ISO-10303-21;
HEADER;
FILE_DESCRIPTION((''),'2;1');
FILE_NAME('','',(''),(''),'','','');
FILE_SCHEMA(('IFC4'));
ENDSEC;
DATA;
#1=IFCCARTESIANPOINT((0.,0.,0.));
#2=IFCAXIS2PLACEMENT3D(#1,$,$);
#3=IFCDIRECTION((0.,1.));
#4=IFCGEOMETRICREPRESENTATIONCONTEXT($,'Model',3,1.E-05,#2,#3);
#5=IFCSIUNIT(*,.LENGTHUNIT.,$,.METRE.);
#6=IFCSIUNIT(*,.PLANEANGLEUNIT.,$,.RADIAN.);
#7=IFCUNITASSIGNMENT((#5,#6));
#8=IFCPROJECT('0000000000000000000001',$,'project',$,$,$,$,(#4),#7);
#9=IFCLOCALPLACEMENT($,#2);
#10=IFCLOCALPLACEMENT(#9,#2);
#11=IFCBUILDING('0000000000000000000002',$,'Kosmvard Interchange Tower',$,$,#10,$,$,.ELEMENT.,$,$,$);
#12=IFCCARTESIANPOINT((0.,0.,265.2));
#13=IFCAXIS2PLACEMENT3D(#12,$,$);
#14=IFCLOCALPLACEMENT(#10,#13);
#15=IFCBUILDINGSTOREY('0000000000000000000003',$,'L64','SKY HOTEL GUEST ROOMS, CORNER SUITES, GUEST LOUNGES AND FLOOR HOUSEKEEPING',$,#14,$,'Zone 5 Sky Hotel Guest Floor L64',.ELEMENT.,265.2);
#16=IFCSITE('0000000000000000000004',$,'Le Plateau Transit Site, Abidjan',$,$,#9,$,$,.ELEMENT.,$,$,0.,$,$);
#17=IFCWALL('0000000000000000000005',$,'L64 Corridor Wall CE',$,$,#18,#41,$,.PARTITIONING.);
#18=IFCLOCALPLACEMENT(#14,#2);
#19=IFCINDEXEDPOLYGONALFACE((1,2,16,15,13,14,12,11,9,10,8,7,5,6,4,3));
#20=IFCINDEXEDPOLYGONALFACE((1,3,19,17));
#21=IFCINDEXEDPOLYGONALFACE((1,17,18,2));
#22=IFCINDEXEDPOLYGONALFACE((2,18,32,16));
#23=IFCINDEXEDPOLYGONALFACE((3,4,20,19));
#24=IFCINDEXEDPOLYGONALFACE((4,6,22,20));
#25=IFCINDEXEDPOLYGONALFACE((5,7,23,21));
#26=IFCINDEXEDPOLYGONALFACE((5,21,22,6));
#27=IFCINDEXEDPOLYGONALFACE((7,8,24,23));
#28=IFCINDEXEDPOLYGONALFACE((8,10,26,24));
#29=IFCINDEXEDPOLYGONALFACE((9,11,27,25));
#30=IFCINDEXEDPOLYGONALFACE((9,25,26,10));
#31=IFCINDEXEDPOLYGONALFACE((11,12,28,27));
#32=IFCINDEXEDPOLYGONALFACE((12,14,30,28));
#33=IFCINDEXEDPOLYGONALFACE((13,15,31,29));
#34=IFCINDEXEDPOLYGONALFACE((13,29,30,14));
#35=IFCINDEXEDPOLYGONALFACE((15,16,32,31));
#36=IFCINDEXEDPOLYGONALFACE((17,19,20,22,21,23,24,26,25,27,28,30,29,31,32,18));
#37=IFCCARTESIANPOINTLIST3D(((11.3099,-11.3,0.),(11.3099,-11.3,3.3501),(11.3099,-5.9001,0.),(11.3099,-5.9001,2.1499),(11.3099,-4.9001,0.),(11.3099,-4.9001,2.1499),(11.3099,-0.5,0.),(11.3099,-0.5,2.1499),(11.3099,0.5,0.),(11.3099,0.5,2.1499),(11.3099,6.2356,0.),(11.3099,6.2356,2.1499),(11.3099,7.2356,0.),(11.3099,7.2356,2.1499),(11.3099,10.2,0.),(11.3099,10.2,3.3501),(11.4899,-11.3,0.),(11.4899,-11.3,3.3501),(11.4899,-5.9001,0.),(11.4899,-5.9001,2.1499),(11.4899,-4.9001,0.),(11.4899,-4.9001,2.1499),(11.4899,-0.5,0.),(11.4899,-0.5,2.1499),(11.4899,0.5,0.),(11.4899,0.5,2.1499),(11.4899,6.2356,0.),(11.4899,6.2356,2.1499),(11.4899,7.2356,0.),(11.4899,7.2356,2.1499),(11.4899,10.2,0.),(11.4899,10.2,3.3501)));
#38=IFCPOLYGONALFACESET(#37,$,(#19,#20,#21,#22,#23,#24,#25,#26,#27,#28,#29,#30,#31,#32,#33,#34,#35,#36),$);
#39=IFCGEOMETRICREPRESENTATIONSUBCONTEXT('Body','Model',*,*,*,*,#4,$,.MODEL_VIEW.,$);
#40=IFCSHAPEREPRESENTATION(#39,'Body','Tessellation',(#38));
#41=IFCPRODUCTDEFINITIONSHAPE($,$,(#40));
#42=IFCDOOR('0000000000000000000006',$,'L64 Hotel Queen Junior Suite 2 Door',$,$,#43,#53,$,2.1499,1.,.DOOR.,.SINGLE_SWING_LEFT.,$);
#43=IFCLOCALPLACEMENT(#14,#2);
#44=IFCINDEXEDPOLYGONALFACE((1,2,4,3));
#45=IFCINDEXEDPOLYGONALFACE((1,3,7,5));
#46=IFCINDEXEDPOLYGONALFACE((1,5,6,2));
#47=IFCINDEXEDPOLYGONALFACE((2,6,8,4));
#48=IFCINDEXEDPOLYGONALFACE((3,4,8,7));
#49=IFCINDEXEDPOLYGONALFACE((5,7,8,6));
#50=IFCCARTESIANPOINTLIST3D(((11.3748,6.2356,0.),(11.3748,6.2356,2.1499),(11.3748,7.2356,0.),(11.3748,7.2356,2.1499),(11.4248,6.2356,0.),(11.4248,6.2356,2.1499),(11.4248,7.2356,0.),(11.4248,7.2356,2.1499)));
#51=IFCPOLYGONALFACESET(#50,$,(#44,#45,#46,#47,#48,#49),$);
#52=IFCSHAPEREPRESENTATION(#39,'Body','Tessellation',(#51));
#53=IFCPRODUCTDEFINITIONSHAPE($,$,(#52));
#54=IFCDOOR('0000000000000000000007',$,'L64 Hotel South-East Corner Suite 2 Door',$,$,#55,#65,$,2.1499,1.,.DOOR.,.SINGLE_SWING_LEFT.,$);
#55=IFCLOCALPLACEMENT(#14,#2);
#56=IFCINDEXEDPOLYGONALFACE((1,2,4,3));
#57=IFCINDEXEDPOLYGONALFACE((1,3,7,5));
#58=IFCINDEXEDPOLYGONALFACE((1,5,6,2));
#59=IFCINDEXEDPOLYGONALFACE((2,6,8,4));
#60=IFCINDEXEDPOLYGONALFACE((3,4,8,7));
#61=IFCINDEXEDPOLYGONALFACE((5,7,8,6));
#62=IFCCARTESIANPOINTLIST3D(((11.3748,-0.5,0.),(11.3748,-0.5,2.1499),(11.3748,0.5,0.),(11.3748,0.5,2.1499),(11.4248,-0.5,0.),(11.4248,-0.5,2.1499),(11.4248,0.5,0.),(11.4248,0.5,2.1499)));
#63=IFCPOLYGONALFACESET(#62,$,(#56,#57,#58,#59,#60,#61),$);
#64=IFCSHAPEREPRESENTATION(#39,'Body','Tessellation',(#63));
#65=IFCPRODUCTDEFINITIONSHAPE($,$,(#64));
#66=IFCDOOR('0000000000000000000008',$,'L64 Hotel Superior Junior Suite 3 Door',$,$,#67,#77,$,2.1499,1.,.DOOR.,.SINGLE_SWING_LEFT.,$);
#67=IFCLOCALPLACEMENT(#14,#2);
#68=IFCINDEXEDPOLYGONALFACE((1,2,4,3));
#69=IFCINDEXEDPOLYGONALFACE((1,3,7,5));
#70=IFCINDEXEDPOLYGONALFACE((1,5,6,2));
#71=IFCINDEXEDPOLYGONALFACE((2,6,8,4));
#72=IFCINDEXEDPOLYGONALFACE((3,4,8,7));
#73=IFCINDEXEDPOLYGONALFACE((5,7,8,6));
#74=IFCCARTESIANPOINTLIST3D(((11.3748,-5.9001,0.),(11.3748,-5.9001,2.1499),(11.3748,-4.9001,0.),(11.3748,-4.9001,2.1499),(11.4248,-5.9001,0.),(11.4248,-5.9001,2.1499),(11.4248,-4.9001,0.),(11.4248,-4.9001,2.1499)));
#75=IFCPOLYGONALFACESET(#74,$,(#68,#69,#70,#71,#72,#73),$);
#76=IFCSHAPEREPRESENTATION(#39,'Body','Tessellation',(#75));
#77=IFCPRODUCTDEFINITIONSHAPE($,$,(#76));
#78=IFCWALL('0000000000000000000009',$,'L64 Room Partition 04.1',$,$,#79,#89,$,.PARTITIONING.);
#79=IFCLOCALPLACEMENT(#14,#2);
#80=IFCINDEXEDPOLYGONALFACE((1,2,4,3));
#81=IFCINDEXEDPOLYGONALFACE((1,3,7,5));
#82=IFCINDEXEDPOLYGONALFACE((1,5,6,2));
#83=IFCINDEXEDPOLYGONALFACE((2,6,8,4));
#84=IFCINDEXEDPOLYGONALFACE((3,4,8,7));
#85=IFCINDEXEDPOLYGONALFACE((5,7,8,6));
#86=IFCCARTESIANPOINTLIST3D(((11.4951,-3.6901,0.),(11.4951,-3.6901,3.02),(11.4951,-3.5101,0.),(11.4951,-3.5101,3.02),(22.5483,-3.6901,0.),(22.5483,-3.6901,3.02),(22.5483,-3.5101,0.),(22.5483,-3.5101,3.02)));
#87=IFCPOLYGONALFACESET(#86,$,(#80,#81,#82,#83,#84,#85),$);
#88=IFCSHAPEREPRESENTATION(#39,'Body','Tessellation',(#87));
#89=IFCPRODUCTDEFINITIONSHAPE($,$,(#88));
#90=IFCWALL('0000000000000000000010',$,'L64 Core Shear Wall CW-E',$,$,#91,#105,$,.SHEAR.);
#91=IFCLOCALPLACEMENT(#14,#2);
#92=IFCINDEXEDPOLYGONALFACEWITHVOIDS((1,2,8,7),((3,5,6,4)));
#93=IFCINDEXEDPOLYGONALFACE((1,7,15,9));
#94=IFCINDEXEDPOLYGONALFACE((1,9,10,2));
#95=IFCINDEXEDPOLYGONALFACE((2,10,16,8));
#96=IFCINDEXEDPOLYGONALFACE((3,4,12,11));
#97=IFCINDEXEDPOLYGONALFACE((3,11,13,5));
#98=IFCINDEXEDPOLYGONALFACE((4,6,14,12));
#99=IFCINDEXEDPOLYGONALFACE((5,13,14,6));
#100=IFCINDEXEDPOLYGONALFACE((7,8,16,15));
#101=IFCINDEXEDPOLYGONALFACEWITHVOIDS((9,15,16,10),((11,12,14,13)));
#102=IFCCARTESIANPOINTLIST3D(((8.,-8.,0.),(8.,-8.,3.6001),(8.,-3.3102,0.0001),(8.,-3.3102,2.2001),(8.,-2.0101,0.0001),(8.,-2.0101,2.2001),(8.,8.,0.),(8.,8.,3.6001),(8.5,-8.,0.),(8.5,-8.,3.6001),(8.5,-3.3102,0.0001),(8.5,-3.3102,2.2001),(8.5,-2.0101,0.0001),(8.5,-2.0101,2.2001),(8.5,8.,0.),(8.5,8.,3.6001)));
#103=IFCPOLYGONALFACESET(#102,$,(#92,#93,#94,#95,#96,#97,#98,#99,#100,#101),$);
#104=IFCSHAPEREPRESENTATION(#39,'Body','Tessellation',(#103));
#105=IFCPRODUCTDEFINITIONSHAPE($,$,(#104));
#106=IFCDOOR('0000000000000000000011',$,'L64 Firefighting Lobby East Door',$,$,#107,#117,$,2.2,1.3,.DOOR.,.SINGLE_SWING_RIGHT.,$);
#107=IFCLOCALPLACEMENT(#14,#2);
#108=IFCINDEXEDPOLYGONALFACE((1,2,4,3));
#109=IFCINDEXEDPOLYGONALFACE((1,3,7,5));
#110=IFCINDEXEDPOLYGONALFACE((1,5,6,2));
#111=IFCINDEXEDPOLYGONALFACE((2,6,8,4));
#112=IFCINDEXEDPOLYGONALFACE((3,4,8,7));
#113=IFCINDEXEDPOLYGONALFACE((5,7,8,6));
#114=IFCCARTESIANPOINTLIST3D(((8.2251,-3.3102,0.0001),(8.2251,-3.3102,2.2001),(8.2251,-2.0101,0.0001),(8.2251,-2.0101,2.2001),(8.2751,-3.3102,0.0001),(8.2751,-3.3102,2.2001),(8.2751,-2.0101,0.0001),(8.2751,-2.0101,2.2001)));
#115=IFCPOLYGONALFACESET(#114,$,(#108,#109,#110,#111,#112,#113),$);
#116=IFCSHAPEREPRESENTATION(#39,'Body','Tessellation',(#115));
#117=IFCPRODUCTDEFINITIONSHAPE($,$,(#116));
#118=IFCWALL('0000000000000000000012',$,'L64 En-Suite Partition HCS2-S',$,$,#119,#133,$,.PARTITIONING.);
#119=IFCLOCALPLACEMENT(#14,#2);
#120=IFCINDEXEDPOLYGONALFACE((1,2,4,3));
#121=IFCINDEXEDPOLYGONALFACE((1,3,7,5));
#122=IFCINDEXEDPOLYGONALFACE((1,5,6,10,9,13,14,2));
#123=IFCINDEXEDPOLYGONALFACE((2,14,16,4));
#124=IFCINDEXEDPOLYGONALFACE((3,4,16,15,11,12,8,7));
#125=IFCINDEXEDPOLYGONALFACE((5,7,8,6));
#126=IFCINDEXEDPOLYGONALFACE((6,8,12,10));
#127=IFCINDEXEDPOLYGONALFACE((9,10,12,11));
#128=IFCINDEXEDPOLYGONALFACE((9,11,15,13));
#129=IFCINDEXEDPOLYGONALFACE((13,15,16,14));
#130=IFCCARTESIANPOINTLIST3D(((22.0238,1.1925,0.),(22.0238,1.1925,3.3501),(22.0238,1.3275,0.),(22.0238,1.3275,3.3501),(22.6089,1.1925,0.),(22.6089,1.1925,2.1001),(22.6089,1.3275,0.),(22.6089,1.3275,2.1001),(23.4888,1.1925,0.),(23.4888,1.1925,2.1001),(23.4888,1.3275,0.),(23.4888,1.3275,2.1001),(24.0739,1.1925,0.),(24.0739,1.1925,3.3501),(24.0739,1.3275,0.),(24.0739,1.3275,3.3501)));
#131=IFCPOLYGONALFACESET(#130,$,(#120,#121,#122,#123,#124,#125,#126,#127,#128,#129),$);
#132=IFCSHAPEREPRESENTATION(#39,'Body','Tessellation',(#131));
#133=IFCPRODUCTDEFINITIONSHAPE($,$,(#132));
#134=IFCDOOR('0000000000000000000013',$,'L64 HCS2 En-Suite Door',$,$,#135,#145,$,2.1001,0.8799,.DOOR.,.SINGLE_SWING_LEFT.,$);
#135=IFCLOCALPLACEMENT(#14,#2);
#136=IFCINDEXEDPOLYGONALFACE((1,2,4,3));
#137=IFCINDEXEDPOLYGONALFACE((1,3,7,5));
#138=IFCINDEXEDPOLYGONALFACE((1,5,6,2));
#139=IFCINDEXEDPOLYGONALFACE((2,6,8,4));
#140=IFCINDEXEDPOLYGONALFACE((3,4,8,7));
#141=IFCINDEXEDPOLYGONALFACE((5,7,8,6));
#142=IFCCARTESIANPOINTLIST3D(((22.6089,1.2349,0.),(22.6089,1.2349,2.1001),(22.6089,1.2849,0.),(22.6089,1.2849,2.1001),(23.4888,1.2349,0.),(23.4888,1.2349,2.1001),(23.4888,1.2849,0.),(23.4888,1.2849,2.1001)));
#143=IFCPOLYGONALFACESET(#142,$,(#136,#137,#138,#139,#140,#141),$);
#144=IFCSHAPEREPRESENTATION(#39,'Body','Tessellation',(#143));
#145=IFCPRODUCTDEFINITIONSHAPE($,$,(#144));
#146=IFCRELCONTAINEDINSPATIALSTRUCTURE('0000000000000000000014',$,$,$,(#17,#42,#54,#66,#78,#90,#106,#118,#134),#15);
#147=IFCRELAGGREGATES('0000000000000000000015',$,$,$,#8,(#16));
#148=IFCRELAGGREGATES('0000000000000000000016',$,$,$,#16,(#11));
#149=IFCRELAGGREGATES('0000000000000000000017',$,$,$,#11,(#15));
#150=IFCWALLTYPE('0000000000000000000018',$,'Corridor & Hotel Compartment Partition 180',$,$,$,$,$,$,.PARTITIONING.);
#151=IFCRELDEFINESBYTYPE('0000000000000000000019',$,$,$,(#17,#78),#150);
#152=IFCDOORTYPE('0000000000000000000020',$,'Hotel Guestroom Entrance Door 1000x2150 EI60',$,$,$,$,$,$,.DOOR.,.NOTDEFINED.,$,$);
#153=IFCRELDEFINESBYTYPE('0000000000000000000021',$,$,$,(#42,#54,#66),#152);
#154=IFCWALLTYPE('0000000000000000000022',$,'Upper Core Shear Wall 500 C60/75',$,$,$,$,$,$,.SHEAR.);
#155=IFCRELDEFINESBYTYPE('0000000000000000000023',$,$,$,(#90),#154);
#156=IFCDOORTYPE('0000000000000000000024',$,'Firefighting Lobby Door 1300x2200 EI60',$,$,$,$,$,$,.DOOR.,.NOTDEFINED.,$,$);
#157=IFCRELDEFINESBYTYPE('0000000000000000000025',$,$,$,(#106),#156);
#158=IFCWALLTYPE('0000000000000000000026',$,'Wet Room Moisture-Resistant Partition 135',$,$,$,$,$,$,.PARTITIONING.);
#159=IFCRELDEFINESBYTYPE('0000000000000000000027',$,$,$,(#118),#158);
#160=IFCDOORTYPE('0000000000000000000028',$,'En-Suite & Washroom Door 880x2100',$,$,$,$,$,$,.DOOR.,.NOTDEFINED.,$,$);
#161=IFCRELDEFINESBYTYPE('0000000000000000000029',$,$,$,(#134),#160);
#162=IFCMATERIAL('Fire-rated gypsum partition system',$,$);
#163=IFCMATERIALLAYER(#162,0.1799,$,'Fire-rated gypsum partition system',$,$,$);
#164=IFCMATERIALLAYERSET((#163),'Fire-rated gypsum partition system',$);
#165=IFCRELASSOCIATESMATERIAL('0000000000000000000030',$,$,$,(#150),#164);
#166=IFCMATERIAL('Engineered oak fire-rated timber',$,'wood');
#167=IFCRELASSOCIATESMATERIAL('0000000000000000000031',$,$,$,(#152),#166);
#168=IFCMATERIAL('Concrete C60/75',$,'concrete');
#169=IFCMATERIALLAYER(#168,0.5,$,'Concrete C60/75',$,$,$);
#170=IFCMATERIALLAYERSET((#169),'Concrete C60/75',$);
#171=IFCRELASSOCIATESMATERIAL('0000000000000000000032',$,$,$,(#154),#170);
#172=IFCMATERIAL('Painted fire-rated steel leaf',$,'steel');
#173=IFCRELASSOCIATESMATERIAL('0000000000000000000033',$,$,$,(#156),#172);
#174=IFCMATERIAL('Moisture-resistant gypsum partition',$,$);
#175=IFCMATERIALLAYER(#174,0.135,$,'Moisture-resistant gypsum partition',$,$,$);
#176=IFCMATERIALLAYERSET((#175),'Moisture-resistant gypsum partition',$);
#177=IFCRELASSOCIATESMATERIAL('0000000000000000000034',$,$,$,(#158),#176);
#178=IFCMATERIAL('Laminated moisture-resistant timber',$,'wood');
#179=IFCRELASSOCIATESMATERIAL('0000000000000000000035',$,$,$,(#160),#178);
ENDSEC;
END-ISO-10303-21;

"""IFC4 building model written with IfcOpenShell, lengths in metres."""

from ifc_helpers import new_model, si_unit, direction, frame, frame_2d, origin, place, context, subcontext, project, spatial, rectangle, extrude, source, transform, mapped, material, layer, layer_set, type_object, element, fill, save


model = new_model("IFC4")

# Units and contexts
model_context = context("Model", 3, precision=1e-05, world=origin(), true_north=direction((0.0, 1.0)))
body_context = subcontext(model_context, "Body", "Model", "MODEL_VIEW")
ifc_project = project(units=[si_unit("LENGTHUNIT", "METRE"), si_unit("PLANEANGLEUNIT", "RADIAN")], contexts=[model_context])

# Site, building, storey
site_placement = place(None, origin())
site = spatial("IfcSite", under=ifc_project, at=site_placement, Name="Le Plateau Transit Site, Abidjan", CompositionType="ELEMENT", RefElevation=0.0)
building_placement = place(site_placement, origin())
building = spatial("IfcBuilding", under=site, at=building_placement, Name="Kosmvard Interchange Tower", CompositionType="ELEMENT")
storey_placement = place(building_placement, frame((0.0, 0.0, 265.2)))
storey = spatial("IfcBuildingStorey", under=building, at=storey_placement, Name="L64", Description="SKY HOTEL GUEST ROOMS, CORNER SUITES, GUEST LOUNGES AND FLOOR HOUSEKEEPING", LongName="Zone 5 Sky Hotel Guest Floor L64", CompositionType="ELEMENT", Elevation=265.2)

# Wall, openings, doors
ifc_material_1 = material(Name="Fire-rated gypsum partition system")
ifc_layer_1 = layer(ifc_material_1, 0.1799, Name="Fire-rated gypsum partition system")
ifc_layer_set_1 = layer_set([ifc_layer_1], Name="Fire-rated gypsum partition system")
wall_type_1 = type_object("IfcWallType", Name="Corridor & Hotel Compartment Partition 180", PredefinedType="PARTITIONING", material=ifc_layer_set_1)
wall_1_placement = place(storey_placement, frame((11.3999, -11.3, 0.0), z_axis=(0.0, 0.0, 1.0), x_axis=(0.0, 1.0, 0.0)))
wall_1 = element("IfcWall", 1, at=wall_1_placement, inside=storey, type_object=wall_type_1, Name="L64 Corridor Wall CE", PredefinedType="PARTITIONING", context=body_context, shape_type="SweptSolid", body=[
    extrude(rectangle(XDim=21.5, YDim=0.1799, at=frame_2d((10.75, 0.0))), origin(), (0.0, 0.0, 1.0), 3.3501),
])
opening_1_placement = place(wall_1_placement, frame((17.5356, 0.0, 0.0)))
opening_1 = element("IfcOpeningElement", 2, at=opening_1_placement, cuts=wall_1, PredefinedType="OPENING", context=body_context, shape_type="SweptSolid", body=[
    extrude(rectangle(XDim=1.0, YDim=2.1499, at=frame_2d((0.5, 1.075))), frame((0.0, 0.1001, 0.0), z_axis=(0.0, -1.0, 0.0), x_axis=(1.0, 0.0, 0.0)), (0.0, 0.0, 1.0), 0.2),
])
opening_2_placement = place(wall_1_placement, frame((10.8, 0.0, 0.0)))
opening_2 = element("IfcOpeningElement", 3, at=opening_2_placement, cuts=wall_1, PredefinedType="OPENING", context=body_context, shape_type="SweptSolid", body=[
    extrude(rectangle(XDim=1.0, YDim=2.1499, at=frame_2d((0.5, 1.075))), frame((0.0, 0.1001, 0.0), z_axis=(0.0, -1.0, 0.0), x_axis=(1.0, 0.0, 0.0)), (0.0, 0.0, 1.0), 0.2),
])
opening_3_placement = place(wall_1_placement, frame((5.3999, 0.0, 0.0)))
opening_3 = element("IfcOpeningElement", 4, at=opening_3_placement, cuts=wall_1, PredefinedType="OPENING", context=body_context, shape_type="SweptSolid", body=[
    extrude(rectangle(XDim=1.0, YDim=2.1499, at=frame_2d((0.5, 1.075))), frame((0.0, 0.1001, 0.0), z_axis=(0.0, -1.0, 0.0), x_axis=(1.0, 0.0, 0.0)), (0.0, 0.0, 1.0), 0.2),
])
ifc_material_2 = material(Name="Engineered oak fire-rated timber", Category="wood")
door_type_1 = type_object("IfcDoorType", Name="Hotel Guestroom Entrance Door 1000x2150 EI60", OperationType="NOTDEFINED", PredefinedType="DOOR", material=ifc_material_2)
shared_shape_1 = source(origin(), body_context, "Body", "SweptSolid", [
    extrude(rectangle(XDim=1.0, YDim=2.1499, at=frame_2d((0.5, 1.075))), frame((0.0, 0.0249, 0.0), z_axis=(0.0, -1.0, 0.0), x_axis=(1.0, 0.0, 0.0)), (0.0, 0.0, 1.0), 0.05),
])
door_1_placement = place(opening_1_placement, frame((1.0, 0.0, 0.0), z_axis=(0.0, 0.0, 1.0), x_axis=(-1.0, 0.0, 0.0)))
door_1 = element("IfcDoor", 5, at=door_1_placement, inside=storey, type_object=door_type_1, Name="L64 Hotel Queen Junior Suite 2 Door", OperationType="SINGLE_SWING_LEFT", OverallHeight=2.1499, OverallWidth=1.0, PredefinedType="DOOR", context=body_context, shape_type="MappedRepresentation", body=[
    mapped(shared_shape_1, transform((0.0, 0.0, 0.0), scale=1.0)),
])
fill(opening_1, door_1)
door_2_placement = place(opening_2_placement, frame((1.0, 0.0, 0.0), z_axis=(0.0, 0.0, 1.0), x_axis=(-1.0, 0.0, 0.0)))
door_2 = element("IfcDoor", 6, at=door_2_placement, inside=storey, type_object=door_type_1, Name="L64 Hotel South-East Corner Suite 2 Door", OperationType="SINGLE_SWING_LEFT", OverallHeight=2.1499, OverallWidth=1.0, PredefinedType="DOOR", context=body_context, shape_type="MappedRepresentation", body=[
    mapped(shared_shape_1, transform((0.0, 0.0, 0.0), scale=1.0)),
])
fill(opening_2, door_2)
door_3_placement = place(opening_3_placement, frame((1.0, 0.0, 0.0), z_axis=(0.0, 0.0, 1.0), x_axis=(-1.0, 0.0, 0.0)))
door_3 = element("IfcDoor", 7, at=door_3_placement, inside=storey, type_object=door_type_1, Name="L64 Hotel Superior Junior Suite 3 Door", OperationType="SINGLE_SWING_LEFT", OverallHeight=2.1499, OverallWidth=1.0, PredefinedType="DOOR", context=body_context, shape_type="MappedRepresentation", body=[
    mapped(shared_shape_1, transform((0.0, 0.0, 0.0), scale=1.0)),
])
fill(opening_3, door_3)

# Wall
wall_2_placement = place(storey_placement, frame((11.4951, -3.6001, 0.0), z_axis=(0.0, 0.0, 1.0), x_axis=(1.0, 0.0, 0.0)))
element("IfcWall", 8, at=wall_2_placement, inside=storey, type_object=wall_type_1, Name="L64 Room Partition 04.1", PredefinedType="PARTITIONING", context=body_context, shape_type="SweptSolid", body=[
    extrude(rectangle(XDim=11.0532, YDim=0.1799, at=frame_2d((5.5266, 0.0))), origin(), (0.0, 0.0, 1.0), 3.02),
])

# Walls, openings, doors
ifc_material_3 = material(Name="Concrete C60/75", Category="concrete")
ifc_layer_2 = layer(ifc_material_3, 0.5, Name="Concrete C60/75")
ifc_layer_set_2 = layer_set([ifc_layer_2], Name="Concrete C60/75")
wall_type_2 = type_object("IfcWallType", Name="Upper Core Shear Wall 500 C60/75", PredefinedType="SHEAR", material=ifc_layer_set_2)
wall_3_placement = place(storey_placement, frame((8.25, -8.0, 0.0), z_axis=(0.0, 0.0, 1.0), x_axis=(0.0, 1.0, 0.0)))
wall_3 = element("IfcWall", 9, at=wall_3_placement, inside=storey, type_object=wall_type_2, Name="L64 Core Shear Wall CW-E", PredefinedType="SHEAR", context=body_context, shape_type="SweptSolid", body=[
    extrude(rectangle(XDim=16.0, YDim=0.5, at=frame_2d((8.0, 0.0))), origin(), (0.0, 0.0, 1.0), 3.6001),
])
opening_4_placement = place(wall_3_placement, frame((4.6899, 0.0, 0.0)))
opening_4 = element("IfcOpeningElement", 10, at=opening_4_placement, cuts=wall_3, PredefinedType="OPENING", context=body_context, shape_type="SweptSolid", body=[
    extrude(rectangle(XDim=1.3, YDim=2.2, at=frame_2d((0.6499, 1.1001))), frame((0.0, 0.26, 0.0), z_axis=(0.0, -1.0, 0.0), x_axis=(1.0, 0.0, 0.0)), (0.0, 0.0, 1.0), 0.52),
])
ifc_material_4 = material(Name="Painted fire-rated steel leaf", Category="steel")
door_type_2 = type_object("IfcDoorType", Name="Firefighting Lobby Door 1300x2200 EI60", OperationType="NOTDEFINED", PredefinedType="DOOR", material=ifc_material_4)
shared_shape_2 = source(origin(), body_context, "Body", "SweptSolid", [
    extrude(rectangle(XDim=1.3, YDim=2.2, at=frame_2d((0.6499, 1.1001))), frame((0.0, 0.0249, 0.0), z_axis=(0.0, -1.0, 0.0), x_axis=(1.0, 0.0, 0.0)), (0.0, 0.0, 1.0), 0.05),
])
door_4_placement = place(opening_4_placement, origin())
door_4 = element("IfcDoor", 11, at=door_4_placement, inside=storey, type_object=door_type_2, Name="L64 Firefighting Lobby East Door", OperationType="SINGLE_SWING_RIGHT", OverallHeight=2.2, OverallWidth=1.3, PredefinedType="DOOR", context=body_context, shape_type="MappedRepresentation", body=[
    mapped(shared_shape_2, transform((0.0, 0.0, 0.0), scale=1.0)),
])
fill(opening_4, door_4)
ifc_material_5 = material(Name="Moisture-resistant gypsum partition")
ifc_layer_3 = layer(ifc_material_5, 0.135, Name="Moisture-resistant gypsum partition")
ifc_layer_set_3 = layer_set([ifc_layer_3], Name="Moisture-resistant gypsum partition")
wall_type_3 = type_object("IfcWallType", Name="Wet Room Moisture-Resistant Partition 135", PredefinedType="PARTITIONING", material=ifc_layer_set_3)
wall_4_placement = place(storey_placement, frame((22.0239, 1.26, 0.0), z_axis=(0.0, 0.0, 1.0), x_axis=(1.0, 0.0, 0.0)))
wall_4 = element("IfcWall", 12, at=wall_4_placement, inside=storey, type_object=wall_type_3, Name="L64 En-Suite Partition HCS2-S", PredefinedType="PARTITIONING", context=body_context, shape_type="SweptSolid", body=[
    extrude(rectangle(XDim=2.05, YDim=0.135, at=frame_2d((1.0249, 0.0))), origin(), (0.0, 0.0, 1.0), 3.3501),
])
opening_5_placement = place(wall_4_placement, frame((0.585, 0.0, 0.0)))
opening_5 = element("IfcOpeningElement", 13, at=opening_5_placement, cuts=wall_4, PredefinedType="OPENING", context=body_context, shape_type="SweptSolid", body=[
    extrude(rectangle(XDim=0.8799, YDim=2.1001, at=frame_2d((0.4399, 1.05))), frame((0.0, 0.0776, 0.0), z_axis=(0.0, -1.0, 0.0), x_axis=(1.0, 0.0, 0.0)), (0.0, 0.0, 1.0), 0.155),
])
ifc_material_6 = material(Name="Laminated moisture-resistant timber", Category="wood")
door_type_3 = type_object("IfcDoorType", Name="En-Suite & Washroom Door 880x2100", OperationType="NOTDEFINED", PredefinedType="DOOR", material=ifc_material_6)
shared_shape_3 = source(origin(), body_context, "Body", "SweptSolid", [
    extrude(rectangle(XDim=0.8799, YDim=2.1001, at=frame_2d((0.4399, 1.05))), frame((0.0, 0.0249, 0.0), z_axis=(0.0, -1.0, 0.0), x_axis=(1.0, 0.0, 0.0)), (0.0, 0.0, 1.0), 0.05),
])
door_5_placement = place(opening_5_placement, origin())
door_5 = element("IfcDoor", 14, at=door_5_placement, inside=storey, type_object=door_type_3, Name="L64 HCS2 En-Suite Door", OperationType="SINGLE_SWING_LEFT", OverallHeight=2.1001, OverallWidth=0.8799, PredefinedType="DOOR", context=body_context, shape_type="MappedRepresentation", body=[
    mapped(shared_shape_3, transform((0.0, 0.0, 0.0), scale=1.0)),
])
fill(opening_5, door_5)

save(model, "model.ifc")
